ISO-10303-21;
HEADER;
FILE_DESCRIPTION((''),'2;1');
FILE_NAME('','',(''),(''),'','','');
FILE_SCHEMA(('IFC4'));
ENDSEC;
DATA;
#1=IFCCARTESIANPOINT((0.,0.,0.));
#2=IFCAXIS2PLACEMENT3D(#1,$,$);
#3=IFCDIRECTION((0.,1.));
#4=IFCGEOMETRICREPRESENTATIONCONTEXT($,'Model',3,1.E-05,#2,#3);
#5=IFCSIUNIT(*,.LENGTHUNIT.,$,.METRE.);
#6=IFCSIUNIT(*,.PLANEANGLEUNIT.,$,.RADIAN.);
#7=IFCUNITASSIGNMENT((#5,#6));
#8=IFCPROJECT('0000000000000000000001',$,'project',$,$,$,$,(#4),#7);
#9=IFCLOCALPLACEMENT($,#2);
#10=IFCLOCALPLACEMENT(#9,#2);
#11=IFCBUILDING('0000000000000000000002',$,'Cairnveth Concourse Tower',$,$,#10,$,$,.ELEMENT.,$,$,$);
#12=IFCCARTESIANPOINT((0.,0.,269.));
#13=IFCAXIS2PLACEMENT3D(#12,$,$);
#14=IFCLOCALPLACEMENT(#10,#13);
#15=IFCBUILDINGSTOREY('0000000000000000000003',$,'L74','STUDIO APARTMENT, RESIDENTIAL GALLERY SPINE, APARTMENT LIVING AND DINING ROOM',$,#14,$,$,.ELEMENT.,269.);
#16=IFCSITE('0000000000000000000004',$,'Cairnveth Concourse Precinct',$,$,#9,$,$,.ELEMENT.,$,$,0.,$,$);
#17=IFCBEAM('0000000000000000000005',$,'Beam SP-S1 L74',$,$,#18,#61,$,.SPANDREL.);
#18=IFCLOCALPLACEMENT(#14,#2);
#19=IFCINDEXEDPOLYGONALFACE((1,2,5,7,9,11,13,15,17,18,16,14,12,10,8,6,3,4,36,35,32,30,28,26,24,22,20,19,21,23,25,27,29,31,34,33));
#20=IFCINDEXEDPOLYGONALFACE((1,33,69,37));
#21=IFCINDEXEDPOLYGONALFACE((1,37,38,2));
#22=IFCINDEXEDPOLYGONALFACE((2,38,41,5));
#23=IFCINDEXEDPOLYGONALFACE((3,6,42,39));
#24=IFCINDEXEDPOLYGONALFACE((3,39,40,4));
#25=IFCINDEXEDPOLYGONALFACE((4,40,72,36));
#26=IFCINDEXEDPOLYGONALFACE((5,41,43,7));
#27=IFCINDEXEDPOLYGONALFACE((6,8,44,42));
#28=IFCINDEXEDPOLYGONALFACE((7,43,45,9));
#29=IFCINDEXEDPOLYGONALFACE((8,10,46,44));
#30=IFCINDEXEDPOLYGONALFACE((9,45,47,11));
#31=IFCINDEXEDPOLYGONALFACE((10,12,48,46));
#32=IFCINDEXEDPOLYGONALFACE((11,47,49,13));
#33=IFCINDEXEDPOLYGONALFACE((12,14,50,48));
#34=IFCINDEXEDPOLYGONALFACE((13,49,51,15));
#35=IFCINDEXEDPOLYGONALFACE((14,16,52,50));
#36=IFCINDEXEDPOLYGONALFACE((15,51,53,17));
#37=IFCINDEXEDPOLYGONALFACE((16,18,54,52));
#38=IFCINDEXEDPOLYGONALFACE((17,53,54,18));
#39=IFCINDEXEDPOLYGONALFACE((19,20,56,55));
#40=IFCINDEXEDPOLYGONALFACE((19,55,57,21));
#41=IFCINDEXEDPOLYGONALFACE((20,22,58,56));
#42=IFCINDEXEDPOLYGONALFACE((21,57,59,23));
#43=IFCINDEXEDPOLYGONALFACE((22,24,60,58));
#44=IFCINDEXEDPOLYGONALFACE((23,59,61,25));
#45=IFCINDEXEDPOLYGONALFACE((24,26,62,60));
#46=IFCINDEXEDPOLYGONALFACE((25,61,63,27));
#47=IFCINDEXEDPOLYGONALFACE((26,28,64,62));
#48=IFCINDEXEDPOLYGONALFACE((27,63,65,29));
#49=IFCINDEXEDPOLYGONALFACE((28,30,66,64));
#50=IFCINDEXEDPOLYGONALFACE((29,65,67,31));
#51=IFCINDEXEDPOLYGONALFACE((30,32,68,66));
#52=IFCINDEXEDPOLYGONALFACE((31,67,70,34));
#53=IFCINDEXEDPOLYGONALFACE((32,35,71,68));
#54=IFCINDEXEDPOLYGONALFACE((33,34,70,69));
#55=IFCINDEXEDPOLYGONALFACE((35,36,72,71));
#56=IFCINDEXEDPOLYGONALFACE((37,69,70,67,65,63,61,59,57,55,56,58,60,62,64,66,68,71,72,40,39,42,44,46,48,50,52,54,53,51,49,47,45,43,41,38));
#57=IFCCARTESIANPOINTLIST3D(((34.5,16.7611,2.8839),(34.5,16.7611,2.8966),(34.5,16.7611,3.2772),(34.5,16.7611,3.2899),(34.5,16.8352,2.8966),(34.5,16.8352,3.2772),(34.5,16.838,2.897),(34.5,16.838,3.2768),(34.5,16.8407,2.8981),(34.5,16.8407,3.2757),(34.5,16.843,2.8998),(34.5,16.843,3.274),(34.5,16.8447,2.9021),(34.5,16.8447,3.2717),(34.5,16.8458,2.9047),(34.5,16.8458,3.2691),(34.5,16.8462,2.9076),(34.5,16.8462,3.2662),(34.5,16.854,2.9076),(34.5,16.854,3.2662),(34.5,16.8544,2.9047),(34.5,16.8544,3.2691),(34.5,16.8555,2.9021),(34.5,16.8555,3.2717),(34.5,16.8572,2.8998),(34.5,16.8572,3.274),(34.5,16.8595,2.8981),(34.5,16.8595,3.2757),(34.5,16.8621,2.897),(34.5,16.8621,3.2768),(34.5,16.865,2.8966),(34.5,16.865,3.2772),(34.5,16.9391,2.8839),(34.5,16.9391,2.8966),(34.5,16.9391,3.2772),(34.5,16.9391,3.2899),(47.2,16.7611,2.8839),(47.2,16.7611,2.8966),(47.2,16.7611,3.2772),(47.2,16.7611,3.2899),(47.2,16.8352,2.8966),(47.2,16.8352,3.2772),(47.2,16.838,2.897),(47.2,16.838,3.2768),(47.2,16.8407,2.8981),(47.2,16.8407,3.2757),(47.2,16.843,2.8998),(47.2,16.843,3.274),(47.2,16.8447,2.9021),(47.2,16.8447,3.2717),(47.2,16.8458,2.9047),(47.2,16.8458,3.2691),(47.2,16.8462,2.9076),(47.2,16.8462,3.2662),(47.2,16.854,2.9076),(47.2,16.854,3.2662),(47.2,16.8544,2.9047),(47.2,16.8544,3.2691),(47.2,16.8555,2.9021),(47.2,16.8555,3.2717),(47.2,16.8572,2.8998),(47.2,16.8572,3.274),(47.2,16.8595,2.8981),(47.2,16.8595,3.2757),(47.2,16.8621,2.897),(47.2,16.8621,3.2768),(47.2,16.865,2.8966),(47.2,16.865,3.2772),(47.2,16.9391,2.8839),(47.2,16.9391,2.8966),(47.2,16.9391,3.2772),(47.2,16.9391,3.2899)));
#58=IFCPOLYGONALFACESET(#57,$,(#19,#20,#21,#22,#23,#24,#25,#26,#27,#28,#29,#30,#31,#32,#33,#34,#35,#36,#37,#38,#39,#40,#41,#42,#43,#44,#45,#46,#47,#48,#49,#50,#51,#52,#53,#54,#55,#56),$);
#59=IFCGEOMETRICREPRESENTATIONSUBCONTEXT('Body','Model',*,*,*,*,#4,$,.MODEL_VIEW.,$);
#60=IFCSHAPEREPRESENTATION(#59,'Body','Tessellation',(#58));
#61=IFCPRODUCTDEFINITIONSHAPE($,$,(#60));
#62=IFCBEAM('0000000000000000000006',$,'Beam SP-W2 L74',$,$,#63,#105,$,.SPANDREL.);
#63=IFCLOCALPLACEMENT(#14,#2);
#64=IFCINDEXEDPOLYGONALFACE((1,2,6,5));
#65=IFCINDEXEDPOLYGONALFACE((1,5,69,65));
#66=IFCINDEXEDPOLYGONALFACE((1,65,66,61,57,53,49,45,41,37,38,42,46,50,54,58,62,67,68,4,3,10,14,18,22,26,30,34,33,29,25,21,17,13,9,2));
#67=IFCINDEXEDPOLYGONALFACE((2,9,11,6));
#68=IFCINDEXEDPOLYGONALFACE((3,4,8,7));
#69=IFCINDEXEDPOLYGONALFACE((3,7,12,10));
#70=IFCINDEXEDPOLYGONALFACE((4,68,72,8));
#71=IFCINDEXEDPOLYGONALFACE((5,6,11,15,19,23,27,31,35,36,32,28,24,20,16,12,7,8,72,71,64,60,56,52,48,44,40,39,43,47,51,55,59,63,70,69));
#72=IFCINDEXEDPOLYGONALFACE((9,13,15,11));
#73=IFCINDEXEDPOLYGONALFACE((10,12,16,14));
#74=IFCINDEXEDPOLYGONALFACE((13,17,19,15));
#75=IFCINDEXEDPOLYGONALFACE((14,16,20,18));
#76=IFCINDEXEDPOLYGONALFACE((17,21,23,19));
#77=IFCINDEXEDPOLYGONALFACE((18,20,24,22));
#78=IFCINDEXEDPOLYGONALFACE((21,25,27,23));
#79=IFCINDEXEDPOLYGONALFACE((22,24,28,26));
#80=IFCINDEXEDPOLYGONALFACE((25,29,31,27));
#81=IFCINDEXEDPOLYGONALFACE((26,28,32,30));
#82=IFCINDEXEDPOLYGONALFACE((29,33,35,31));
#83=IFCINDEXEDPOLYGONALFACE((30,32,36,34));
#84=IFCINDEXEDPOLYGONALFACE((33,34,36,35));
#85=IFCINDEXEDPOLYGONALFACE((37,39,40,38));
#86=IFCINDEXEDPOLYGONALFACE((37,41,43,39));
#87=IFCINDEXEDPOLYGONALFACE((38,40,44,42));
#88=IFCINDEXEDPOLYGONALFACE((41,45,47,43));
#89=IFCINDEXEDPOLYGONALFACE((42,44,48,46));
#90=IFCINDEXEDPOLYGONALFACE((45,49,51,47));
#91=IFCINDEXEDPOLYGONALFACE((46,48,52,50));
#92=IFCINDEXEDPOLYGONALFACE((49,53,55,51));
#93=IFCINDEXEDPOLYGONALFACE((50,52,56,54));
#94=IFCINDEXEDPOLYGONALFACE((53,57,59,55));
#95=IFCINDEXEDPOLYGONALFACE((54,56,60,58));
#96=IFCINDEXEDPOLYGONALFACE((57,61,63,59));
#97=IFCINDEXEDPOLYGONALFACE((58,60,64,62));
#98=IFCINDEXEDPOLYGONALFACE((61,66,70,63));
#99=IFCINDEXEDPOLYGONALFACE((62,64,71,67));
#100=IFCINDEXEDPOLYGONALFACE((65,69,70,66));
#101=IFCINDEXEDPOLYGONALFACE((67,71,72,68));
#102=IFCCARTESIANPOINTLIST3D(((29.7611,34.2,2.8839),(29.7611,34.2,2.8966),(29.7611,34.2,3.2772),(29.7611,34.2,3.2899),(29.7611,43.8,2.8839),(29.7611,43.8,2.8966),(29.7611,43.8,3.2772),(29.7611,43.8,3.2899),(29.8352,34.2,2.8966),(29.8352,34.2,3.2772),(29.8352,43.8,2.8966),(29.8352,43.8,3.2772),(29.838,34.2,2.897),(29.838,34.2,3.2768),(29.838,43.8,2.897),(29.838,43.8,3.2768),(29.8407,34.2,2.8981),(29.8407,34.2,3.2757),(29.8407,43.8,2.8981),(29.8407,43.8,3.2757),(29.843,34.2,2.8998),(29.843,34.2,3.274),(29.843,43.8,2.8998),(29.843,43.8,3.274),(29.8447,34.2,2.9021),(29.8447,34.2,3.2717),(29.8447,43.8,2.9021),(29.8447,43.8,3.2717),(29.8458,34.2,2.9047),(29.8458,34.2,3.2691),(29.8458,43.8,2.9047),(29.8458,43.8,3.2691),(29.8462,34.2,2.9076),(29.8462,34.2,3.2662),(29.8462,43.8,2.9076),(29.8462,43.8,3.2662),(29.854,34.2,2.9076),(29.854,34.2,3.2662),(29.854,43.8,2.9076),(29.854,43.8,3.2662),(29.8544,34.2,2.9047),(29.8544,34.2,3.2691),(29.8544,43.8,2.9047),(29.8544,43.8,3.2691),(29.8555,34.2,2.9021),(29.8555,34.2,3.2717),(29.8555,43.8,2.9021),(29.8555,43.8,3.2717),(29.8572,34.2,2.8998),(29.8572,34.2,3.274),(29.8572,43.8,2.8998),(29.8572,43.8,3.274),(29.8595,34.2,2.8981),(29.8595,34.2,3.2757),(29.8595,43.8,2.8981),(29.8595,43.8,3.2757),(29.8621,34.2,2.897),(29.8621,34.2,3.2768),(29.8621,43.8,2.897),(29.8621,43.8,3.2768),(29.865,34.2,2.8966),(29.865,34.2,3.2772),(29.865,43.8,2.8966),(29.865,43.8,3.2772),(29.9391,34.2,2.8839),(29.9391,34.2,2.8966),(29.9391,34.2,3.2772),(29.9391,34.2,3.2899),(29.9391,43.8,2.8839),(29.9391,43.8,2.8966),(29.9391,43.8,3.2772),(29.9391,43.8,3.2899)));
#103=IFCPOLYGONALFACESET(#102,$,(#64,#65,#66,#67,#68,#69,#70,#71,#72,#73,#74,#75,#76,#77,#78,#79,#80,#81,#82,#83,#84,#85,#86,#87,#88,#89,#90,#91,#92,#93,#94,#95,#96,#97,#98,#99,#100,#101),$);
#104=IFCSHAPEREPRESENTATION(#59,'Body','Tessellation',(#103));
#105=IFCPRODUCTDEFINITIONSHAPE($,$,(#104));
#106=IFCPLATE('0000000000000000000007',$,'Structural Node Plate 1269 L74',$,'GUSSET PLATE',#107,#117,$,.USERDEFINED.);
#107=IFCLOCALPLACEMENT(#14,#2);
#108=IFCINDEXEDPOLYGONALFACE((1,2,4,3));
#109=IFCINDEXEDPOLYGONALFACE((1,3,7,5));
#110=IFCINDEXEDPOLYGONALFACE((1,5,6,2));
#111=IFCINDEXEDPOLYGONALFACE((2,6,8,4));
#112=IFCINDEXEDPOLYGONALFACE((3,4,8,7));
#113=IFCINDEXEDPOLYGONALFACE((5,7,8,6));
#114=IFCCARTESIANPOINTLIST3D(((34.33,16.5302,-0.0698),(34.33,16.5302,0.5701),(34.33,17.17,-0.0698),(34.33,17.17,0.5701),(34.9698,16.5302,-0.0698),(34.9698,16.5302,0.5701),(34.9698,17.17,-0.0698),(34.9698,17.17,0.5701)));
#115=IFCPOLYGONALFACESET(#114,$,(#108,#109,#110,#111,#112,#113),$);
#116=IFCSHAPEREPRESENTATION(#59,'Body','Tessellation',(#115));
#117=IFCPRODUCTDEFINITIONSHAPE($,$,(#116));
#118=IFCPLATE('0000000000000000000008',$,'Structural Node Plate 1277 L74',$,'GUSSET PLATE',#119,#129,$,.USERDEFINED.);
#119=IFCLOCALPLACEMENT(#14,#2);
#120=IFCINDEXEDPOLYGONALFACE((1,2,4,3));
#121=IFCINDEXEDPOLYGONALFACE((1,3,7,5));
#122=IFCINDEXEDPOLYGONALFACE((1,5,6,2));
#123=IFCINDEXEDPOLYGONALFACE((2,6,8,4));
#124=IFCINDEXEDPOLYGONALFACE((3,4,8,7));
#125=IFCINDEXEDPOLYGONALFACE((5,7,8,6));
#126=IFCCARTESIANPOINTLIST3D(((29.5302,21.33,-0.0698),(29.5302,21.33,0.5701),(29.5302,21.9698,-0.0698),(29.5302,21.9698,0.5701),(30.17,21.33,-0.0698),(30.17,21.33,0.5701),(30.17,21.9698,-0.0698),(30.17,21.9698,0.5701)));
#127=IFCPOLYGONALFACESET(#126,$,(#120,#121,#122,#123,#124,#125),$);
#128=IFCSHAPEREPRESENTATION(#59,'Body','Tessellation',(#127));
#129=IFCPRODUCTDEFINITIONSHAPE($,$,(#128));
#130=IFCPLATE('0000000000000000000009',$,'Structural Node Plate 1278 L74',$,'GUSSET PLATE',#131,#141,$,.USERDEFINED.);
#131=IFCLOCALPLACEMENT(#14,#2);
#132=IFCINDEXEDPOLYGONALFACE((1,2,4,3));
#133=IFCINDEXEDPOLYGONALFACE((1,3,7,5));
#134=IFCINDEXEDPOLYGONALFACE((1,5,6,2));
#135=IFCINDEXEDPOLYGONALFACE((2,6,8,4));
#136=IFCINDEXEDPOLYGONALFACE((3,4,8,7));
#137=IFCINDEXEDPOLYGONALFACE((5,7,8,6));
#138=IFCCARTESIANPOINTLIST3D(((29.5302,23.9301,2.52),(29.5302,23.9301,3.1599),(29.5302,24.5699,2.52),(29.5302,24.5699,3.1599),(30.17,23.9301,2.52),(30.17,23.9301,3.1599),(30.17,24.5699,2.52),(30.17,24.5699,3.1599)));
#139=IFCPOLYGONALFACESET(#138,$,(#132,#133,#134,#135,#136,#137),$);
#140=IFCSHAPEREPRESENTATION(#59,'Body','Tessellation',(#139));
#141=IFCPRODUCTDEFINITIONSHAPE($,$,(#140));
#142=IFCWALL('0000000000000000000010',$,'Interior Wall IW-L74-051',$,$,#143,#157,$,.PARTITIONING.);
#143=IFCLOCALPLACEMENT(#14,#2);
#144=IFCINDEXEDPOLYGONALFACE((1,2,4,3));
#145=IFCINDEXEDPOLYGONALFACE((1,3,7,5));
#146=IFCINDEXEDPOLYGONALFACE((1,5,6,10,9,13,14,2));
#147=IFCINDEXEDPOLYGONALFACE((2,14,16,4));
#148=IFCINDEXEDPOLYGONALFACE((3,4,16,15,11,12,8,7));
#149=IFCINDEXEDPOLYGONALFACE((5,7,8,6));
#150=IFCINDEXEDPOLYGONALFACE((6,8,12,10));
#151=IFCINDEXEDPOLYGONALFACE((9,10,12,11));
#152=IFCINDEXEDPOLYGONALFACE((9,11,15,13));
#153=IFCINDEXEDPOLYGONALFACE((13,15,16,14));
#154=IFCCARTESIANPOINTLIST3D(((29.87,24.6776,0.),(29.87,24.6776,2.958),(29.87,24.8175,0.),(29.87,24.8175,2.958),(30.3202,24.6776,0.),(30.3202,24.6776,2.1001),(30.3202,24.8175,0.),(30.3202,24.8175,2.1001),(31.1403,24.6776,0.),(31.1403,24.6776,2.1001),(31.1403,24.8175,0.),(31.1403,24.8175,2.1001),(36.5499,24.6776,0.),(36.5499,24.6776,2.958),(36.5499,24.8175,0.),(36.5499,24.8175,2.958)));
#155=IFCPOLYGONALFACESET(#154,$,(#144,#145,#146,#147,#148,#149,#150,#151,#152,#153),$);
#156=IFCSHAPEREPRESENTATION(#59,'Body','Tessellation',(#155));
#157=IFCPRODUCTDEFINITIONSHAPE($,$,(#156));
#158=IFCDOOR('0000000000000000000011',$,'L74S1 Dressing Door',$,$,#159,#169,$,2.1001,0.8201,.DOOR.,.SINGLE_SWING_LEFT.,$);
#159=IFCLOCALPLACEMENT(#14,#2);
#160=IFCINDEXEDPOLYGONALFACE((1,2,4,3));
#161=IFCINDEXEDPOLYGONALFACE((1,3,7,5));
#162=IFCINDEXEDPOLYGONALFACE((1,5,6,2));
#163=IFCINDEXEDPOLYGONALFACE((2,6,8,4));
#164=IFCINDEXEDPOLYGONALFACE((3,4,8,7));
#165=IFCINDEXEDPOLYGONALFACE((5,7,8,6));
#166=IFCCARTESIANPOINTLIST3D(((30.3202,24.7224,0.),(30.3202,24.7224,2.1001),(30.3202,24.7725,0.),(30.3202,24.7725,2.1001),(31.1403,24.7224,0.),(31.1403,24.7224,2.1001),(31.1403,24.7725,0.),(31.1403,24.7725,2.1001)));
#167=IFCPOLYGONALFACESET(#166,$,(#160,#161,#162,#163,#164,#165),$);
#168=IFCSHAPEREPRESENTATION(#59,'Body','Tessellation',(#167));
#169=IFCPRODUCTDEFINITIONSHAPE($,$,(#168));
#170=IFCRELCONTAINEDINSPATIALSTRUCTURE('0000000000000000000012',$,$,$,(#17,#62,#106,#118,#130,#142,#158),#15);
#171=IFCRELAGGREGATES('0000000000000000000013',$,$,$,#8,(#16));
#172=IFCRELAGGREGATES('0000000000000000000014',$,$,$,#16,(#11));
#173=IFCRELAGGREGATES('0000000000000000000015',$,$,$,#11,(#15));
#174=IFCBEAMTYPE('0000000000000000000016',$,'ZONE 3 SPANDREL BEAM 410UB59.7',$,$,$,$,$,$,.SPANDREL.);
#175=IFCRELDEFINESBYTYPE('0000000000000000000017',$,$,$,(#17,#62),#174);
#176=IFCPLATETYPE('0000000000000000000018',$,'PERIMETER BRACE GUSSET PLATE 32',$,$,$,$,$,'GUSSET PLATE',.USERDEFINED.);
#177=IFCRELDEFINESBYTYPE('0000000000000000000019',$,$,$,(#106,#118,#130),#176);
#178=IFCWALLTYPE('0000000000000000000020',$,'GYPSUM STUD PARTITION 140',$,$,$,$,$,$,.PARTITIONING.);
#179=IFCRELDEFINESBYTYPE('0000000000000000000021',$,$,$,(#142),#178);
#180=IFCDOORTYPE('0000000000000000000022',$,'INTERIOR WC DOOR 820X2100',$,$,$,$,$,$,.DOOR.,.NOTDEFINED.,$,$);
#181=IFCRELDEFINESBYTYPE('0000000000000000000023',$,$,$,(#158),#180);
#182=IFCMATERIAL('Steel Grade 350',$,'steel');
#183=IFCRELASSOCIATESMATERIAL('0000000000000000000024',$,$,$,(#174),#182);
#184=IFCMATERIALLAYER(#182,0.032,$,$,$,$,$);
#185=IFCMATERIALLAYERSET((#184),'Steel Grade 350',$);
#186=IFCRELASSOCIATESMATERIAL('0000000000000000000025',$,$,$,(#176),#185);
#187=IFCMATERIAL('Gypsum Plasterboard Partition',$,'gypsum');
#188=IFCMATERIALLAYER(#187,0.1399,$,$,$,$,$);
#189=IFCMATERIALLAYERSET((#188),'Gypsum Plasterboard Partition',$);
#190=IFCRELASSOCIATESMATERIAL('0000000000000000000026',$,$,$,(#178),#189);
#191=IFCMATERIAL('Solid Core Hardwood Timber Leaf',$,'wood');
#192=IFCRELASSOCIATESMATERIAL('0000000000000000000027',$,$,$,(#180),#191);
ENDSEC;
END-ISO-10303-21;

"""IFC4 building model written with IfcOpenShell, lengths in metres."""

from ifc_helpers import new_model, si_unit, direction, frame, frame_2d, origin, origin_2d, place, context, subcontext, project, spatial, rectangle, i_section, extrude, material, layer, layer_set, material_profile, profile_set, type_object, element, fill, save


model = new_model("IFC4")

# Units and contexts
model_context = context("Model", 3, precision=1e-05, world=origin(), true_north=direction((0.0, 1.0)))
body_context = subcontext(model_context, "Body", "Model", "MODEL_VIEW")
ifc_project = project(units=[si_unit("LENGTHUNIT", "METRE"), si_unit("PLANEANGLEUNIT", "RADIAN")], contexts=[model_context])

# Site, building, storey
site_placement = place(None, origin())
site = spatial("IfcSite", under=ifc_project, at=site_placement, Name="Cairnveth Concourse Precinct", CompositionType="ELEMENT", RefElevation=0.0)
building_placement = place(site_placement, origin())
building = spatial("IfcBuilding", under=site, at=building_placement, Name="Cairnveth Concourse Tower", CompositionType="ELEMENT")
storey_placement = place(building_placement, frame((0.0, 0.0, 269.0)))
storey = spatial("IfcBuildingStorey", under=building, at=storey_placement, Name="L74", Description="STUDIO APARTMENT, RESIDENTIAL GALLERY SPINE, APARTMENT LIVING AND DINING ROOM", CompositionType="ELEMENT", Elevation=269.0)

# Shared definitions
ifc_material_1 = material(Name="Steel Grade 350", Category="steel")

# Beams
ifc_material_profile_1 = material_profile(ifc_material_1, i_section(OverallWidth=0.178, OverallDepth=0.406, WebThickness=0.0078, FlangeThickness=0.0127, FilletRadius=0.011, at=origin_2d()), Name="410UB59.7")
ifc_profile_set_1 = profile_set([ifc_material_profile_1], Name="Steel Grade 350")
beam_type_1 = type_object("IfcBeamType", Name="ZONE 3 SPANDREL BEAM 410UB59.7", PredefinedType="SPANDREL", material=ifc_profile_set_1)
beam_1_placement = place(storey_placement, frame((34.5, 16.8501, 3.0869), z_axis=(1.0, 0.0, 0.0), x_axis=(0.0, 1.0, 0.0)))
element("IfcBeam", 1, at=beam_1_placement, inside=storey, type_object=beam_type_1, Name="Beam SP-S1 L74", PredefinedType="SPANDREL", context=body_context, shape_type="SweptSolid", body=[
    extrude(i_section(OverallWidth=0.178, OverallDepth=0.406, WebThickness=0.0078, FlangeThickness=0.0127, FilletRadius=0.011, at=origin_2d()), origin(), (0.0, 0.0, 1.0), 12.7),
])
beam_2_placement = place(storey_placement, frame((29.8501, 34.2, 3.0869), z_axis=(0.0, 1.0, 0.0), x_axis=(-1.0, 0.0, 0.0)))
element("IfcBeam", 2, at=beam_2_placement, inside=storey, type_object=beam_type_1, Name="Beam SP-W2 L74", PredefinedType="SPANDREL", context=body_context, shape_type="SweptSolid", body=[
    extrude(i_section(OverallWidth=0.178, OverallDepth=0.406, WebThickness=0.0078, FlangeThickness=0.0127, FilletRadius=0.011, at=origin_2d()), origin(), (0.0, 0.0, 1.0), 9.6001),
])

# Plates
ifc_layer_1 = layer(ifc_material_1, 0.032)
ifc_layer_set_1 = layer_set([ifc_layer_1], Name="Steel Grade 350")
plate_type = type_object("IfcPlateType", Name="PERIMETER BRACE GUSSET PLATE 32", ElementType="GUSSET PLATE", PredefinedType="USERDEFINED", material=ifc_layer_set_1)
for number, where, z_axis, x_axis, name in (
    (3, (34.6499, 16.8501, -0.0698), (0.0, 0.0, 1.0), (1.0, 0.0, 0.0), "Structural Node Plate 1269 L74"),
    (4, (29.8501, 21.6499, -0.0698), (0.0, 0.0, 1.0), (1.0, 0.0, 0.0), "Structural Node Plate 1277 L74"),
    (5, (29.8501, 24.25, 2.52), (0.0, 0.0, 1.0), (1.0, 0.0, 0.0), "Structural Node Plate 1278 L74"),
):
    element("IfcPlate", number, at=place(storey_placement, frame(where, z_axis=z_axis, x_axis=x_axis)), inside=storey, type_object=plate_type, Name=name, ObjectType="GUSSET PLATE", PredefinedType="USERDEFINED", context=body_context, shape_type="SweptSolid", body=[
        extrude(rectangle(XDim=0.6399, YDim=0.6399, at=origin_2d()), origin(), (0.0, 0.0, 1.0), 0.6399),
    ])

# Wall, opening, door
ifc_material_2 = material(Name="Gypsum Plasterboard Partition", Category="gypsum")
ifc_layer_2 = layer(ifc_material_2, 0.1399)
ifc_layer_set_2 = layer_set([ifc_layer_2], Name="Gypsum Plasterboard Partition")
wall_type_1 = type_object("IfcWallType", Name="GYPSUM STUD PARTITION 140", PredefinedType="PARTITIONING", material=ifc_layer_set_2)
wall_1_placement = place(storey_placement, frame((29.8701, 24.7476, 0.0), z_axis=(0.0, 0.0, 1.0), x_axis=(1.0, 0.0, 0.0)))
wall_1 = element("IfcWall", 6, at=wall_1_placement, inside=storey, type_object=wall_type_1, Name="Interior Wall IW-L74-051", PredefinedType="PARTITIONING", context=body_context, shape_type="SweptSolid", body=[
    extrude(rectangle(XDim=6.6799, YDim=0.1399, at=frame_2d((3.3398, 0.0))), origin(), (0.0, 0.0, 1.0), 2.958),
])
opening_1_placement = place(wall_1_placement, frame((0.45, 0.0, 0.0)))
opening_1 = element("IfcOpeningElement", 7, at=opening_1_placement, cuts=wall_1, PredefinedType="OPENING", context=body_context, shape_type="SweptSolid", body=[
    extrude(rectangle(XDim=0.8201, YDim=2.1001, at=frame_2d((0.4102, 1.05))), frame((0.0, 0.0798, 0.0), z_axis=(0.0, -1.0, 0.0), x_axis=(1.0, 0.0, 0.0)), (0.0, 0.0, 1.0), 0.1599),
])
ifc_material_3 = material(Name="Solid Core Hardwood Timber Leaf", Category="wood")
door_type = type_object("IfcDoorType", Name="INTERIOR WC DOOR 820X2100", OperationType="NOTDEFINED", PredefinedType="DOOR", material=ifc_material_3)
door_placement = place(opening_1_placement, origin())
door = element("IfcDoor", 8, at=door_placement, inside=storey, type_object=door_type, Name="L74S1 Dressing Door", OperationType="SINGLE_SWING_LEFT", OverallHeight=2.1001, OverallWidth=0.8201, PredefinedType="DOOR", context=body_context, shape_type="SweptSolid", body=[
    extrude(rectangle(XDim=0.8201, YDim=2.1001, at=frame_2d((0.4102, 1.05))), frame((0.0, 0.0249, 0.0), z_axis=(0.0, -1.0, 0.0), x_axis=(1.0, 0.0, 0.0)), (0.0, 0.0, 1.0), 0.05),
])
fill(opening_1, door)

save(model, "model.ifc")
